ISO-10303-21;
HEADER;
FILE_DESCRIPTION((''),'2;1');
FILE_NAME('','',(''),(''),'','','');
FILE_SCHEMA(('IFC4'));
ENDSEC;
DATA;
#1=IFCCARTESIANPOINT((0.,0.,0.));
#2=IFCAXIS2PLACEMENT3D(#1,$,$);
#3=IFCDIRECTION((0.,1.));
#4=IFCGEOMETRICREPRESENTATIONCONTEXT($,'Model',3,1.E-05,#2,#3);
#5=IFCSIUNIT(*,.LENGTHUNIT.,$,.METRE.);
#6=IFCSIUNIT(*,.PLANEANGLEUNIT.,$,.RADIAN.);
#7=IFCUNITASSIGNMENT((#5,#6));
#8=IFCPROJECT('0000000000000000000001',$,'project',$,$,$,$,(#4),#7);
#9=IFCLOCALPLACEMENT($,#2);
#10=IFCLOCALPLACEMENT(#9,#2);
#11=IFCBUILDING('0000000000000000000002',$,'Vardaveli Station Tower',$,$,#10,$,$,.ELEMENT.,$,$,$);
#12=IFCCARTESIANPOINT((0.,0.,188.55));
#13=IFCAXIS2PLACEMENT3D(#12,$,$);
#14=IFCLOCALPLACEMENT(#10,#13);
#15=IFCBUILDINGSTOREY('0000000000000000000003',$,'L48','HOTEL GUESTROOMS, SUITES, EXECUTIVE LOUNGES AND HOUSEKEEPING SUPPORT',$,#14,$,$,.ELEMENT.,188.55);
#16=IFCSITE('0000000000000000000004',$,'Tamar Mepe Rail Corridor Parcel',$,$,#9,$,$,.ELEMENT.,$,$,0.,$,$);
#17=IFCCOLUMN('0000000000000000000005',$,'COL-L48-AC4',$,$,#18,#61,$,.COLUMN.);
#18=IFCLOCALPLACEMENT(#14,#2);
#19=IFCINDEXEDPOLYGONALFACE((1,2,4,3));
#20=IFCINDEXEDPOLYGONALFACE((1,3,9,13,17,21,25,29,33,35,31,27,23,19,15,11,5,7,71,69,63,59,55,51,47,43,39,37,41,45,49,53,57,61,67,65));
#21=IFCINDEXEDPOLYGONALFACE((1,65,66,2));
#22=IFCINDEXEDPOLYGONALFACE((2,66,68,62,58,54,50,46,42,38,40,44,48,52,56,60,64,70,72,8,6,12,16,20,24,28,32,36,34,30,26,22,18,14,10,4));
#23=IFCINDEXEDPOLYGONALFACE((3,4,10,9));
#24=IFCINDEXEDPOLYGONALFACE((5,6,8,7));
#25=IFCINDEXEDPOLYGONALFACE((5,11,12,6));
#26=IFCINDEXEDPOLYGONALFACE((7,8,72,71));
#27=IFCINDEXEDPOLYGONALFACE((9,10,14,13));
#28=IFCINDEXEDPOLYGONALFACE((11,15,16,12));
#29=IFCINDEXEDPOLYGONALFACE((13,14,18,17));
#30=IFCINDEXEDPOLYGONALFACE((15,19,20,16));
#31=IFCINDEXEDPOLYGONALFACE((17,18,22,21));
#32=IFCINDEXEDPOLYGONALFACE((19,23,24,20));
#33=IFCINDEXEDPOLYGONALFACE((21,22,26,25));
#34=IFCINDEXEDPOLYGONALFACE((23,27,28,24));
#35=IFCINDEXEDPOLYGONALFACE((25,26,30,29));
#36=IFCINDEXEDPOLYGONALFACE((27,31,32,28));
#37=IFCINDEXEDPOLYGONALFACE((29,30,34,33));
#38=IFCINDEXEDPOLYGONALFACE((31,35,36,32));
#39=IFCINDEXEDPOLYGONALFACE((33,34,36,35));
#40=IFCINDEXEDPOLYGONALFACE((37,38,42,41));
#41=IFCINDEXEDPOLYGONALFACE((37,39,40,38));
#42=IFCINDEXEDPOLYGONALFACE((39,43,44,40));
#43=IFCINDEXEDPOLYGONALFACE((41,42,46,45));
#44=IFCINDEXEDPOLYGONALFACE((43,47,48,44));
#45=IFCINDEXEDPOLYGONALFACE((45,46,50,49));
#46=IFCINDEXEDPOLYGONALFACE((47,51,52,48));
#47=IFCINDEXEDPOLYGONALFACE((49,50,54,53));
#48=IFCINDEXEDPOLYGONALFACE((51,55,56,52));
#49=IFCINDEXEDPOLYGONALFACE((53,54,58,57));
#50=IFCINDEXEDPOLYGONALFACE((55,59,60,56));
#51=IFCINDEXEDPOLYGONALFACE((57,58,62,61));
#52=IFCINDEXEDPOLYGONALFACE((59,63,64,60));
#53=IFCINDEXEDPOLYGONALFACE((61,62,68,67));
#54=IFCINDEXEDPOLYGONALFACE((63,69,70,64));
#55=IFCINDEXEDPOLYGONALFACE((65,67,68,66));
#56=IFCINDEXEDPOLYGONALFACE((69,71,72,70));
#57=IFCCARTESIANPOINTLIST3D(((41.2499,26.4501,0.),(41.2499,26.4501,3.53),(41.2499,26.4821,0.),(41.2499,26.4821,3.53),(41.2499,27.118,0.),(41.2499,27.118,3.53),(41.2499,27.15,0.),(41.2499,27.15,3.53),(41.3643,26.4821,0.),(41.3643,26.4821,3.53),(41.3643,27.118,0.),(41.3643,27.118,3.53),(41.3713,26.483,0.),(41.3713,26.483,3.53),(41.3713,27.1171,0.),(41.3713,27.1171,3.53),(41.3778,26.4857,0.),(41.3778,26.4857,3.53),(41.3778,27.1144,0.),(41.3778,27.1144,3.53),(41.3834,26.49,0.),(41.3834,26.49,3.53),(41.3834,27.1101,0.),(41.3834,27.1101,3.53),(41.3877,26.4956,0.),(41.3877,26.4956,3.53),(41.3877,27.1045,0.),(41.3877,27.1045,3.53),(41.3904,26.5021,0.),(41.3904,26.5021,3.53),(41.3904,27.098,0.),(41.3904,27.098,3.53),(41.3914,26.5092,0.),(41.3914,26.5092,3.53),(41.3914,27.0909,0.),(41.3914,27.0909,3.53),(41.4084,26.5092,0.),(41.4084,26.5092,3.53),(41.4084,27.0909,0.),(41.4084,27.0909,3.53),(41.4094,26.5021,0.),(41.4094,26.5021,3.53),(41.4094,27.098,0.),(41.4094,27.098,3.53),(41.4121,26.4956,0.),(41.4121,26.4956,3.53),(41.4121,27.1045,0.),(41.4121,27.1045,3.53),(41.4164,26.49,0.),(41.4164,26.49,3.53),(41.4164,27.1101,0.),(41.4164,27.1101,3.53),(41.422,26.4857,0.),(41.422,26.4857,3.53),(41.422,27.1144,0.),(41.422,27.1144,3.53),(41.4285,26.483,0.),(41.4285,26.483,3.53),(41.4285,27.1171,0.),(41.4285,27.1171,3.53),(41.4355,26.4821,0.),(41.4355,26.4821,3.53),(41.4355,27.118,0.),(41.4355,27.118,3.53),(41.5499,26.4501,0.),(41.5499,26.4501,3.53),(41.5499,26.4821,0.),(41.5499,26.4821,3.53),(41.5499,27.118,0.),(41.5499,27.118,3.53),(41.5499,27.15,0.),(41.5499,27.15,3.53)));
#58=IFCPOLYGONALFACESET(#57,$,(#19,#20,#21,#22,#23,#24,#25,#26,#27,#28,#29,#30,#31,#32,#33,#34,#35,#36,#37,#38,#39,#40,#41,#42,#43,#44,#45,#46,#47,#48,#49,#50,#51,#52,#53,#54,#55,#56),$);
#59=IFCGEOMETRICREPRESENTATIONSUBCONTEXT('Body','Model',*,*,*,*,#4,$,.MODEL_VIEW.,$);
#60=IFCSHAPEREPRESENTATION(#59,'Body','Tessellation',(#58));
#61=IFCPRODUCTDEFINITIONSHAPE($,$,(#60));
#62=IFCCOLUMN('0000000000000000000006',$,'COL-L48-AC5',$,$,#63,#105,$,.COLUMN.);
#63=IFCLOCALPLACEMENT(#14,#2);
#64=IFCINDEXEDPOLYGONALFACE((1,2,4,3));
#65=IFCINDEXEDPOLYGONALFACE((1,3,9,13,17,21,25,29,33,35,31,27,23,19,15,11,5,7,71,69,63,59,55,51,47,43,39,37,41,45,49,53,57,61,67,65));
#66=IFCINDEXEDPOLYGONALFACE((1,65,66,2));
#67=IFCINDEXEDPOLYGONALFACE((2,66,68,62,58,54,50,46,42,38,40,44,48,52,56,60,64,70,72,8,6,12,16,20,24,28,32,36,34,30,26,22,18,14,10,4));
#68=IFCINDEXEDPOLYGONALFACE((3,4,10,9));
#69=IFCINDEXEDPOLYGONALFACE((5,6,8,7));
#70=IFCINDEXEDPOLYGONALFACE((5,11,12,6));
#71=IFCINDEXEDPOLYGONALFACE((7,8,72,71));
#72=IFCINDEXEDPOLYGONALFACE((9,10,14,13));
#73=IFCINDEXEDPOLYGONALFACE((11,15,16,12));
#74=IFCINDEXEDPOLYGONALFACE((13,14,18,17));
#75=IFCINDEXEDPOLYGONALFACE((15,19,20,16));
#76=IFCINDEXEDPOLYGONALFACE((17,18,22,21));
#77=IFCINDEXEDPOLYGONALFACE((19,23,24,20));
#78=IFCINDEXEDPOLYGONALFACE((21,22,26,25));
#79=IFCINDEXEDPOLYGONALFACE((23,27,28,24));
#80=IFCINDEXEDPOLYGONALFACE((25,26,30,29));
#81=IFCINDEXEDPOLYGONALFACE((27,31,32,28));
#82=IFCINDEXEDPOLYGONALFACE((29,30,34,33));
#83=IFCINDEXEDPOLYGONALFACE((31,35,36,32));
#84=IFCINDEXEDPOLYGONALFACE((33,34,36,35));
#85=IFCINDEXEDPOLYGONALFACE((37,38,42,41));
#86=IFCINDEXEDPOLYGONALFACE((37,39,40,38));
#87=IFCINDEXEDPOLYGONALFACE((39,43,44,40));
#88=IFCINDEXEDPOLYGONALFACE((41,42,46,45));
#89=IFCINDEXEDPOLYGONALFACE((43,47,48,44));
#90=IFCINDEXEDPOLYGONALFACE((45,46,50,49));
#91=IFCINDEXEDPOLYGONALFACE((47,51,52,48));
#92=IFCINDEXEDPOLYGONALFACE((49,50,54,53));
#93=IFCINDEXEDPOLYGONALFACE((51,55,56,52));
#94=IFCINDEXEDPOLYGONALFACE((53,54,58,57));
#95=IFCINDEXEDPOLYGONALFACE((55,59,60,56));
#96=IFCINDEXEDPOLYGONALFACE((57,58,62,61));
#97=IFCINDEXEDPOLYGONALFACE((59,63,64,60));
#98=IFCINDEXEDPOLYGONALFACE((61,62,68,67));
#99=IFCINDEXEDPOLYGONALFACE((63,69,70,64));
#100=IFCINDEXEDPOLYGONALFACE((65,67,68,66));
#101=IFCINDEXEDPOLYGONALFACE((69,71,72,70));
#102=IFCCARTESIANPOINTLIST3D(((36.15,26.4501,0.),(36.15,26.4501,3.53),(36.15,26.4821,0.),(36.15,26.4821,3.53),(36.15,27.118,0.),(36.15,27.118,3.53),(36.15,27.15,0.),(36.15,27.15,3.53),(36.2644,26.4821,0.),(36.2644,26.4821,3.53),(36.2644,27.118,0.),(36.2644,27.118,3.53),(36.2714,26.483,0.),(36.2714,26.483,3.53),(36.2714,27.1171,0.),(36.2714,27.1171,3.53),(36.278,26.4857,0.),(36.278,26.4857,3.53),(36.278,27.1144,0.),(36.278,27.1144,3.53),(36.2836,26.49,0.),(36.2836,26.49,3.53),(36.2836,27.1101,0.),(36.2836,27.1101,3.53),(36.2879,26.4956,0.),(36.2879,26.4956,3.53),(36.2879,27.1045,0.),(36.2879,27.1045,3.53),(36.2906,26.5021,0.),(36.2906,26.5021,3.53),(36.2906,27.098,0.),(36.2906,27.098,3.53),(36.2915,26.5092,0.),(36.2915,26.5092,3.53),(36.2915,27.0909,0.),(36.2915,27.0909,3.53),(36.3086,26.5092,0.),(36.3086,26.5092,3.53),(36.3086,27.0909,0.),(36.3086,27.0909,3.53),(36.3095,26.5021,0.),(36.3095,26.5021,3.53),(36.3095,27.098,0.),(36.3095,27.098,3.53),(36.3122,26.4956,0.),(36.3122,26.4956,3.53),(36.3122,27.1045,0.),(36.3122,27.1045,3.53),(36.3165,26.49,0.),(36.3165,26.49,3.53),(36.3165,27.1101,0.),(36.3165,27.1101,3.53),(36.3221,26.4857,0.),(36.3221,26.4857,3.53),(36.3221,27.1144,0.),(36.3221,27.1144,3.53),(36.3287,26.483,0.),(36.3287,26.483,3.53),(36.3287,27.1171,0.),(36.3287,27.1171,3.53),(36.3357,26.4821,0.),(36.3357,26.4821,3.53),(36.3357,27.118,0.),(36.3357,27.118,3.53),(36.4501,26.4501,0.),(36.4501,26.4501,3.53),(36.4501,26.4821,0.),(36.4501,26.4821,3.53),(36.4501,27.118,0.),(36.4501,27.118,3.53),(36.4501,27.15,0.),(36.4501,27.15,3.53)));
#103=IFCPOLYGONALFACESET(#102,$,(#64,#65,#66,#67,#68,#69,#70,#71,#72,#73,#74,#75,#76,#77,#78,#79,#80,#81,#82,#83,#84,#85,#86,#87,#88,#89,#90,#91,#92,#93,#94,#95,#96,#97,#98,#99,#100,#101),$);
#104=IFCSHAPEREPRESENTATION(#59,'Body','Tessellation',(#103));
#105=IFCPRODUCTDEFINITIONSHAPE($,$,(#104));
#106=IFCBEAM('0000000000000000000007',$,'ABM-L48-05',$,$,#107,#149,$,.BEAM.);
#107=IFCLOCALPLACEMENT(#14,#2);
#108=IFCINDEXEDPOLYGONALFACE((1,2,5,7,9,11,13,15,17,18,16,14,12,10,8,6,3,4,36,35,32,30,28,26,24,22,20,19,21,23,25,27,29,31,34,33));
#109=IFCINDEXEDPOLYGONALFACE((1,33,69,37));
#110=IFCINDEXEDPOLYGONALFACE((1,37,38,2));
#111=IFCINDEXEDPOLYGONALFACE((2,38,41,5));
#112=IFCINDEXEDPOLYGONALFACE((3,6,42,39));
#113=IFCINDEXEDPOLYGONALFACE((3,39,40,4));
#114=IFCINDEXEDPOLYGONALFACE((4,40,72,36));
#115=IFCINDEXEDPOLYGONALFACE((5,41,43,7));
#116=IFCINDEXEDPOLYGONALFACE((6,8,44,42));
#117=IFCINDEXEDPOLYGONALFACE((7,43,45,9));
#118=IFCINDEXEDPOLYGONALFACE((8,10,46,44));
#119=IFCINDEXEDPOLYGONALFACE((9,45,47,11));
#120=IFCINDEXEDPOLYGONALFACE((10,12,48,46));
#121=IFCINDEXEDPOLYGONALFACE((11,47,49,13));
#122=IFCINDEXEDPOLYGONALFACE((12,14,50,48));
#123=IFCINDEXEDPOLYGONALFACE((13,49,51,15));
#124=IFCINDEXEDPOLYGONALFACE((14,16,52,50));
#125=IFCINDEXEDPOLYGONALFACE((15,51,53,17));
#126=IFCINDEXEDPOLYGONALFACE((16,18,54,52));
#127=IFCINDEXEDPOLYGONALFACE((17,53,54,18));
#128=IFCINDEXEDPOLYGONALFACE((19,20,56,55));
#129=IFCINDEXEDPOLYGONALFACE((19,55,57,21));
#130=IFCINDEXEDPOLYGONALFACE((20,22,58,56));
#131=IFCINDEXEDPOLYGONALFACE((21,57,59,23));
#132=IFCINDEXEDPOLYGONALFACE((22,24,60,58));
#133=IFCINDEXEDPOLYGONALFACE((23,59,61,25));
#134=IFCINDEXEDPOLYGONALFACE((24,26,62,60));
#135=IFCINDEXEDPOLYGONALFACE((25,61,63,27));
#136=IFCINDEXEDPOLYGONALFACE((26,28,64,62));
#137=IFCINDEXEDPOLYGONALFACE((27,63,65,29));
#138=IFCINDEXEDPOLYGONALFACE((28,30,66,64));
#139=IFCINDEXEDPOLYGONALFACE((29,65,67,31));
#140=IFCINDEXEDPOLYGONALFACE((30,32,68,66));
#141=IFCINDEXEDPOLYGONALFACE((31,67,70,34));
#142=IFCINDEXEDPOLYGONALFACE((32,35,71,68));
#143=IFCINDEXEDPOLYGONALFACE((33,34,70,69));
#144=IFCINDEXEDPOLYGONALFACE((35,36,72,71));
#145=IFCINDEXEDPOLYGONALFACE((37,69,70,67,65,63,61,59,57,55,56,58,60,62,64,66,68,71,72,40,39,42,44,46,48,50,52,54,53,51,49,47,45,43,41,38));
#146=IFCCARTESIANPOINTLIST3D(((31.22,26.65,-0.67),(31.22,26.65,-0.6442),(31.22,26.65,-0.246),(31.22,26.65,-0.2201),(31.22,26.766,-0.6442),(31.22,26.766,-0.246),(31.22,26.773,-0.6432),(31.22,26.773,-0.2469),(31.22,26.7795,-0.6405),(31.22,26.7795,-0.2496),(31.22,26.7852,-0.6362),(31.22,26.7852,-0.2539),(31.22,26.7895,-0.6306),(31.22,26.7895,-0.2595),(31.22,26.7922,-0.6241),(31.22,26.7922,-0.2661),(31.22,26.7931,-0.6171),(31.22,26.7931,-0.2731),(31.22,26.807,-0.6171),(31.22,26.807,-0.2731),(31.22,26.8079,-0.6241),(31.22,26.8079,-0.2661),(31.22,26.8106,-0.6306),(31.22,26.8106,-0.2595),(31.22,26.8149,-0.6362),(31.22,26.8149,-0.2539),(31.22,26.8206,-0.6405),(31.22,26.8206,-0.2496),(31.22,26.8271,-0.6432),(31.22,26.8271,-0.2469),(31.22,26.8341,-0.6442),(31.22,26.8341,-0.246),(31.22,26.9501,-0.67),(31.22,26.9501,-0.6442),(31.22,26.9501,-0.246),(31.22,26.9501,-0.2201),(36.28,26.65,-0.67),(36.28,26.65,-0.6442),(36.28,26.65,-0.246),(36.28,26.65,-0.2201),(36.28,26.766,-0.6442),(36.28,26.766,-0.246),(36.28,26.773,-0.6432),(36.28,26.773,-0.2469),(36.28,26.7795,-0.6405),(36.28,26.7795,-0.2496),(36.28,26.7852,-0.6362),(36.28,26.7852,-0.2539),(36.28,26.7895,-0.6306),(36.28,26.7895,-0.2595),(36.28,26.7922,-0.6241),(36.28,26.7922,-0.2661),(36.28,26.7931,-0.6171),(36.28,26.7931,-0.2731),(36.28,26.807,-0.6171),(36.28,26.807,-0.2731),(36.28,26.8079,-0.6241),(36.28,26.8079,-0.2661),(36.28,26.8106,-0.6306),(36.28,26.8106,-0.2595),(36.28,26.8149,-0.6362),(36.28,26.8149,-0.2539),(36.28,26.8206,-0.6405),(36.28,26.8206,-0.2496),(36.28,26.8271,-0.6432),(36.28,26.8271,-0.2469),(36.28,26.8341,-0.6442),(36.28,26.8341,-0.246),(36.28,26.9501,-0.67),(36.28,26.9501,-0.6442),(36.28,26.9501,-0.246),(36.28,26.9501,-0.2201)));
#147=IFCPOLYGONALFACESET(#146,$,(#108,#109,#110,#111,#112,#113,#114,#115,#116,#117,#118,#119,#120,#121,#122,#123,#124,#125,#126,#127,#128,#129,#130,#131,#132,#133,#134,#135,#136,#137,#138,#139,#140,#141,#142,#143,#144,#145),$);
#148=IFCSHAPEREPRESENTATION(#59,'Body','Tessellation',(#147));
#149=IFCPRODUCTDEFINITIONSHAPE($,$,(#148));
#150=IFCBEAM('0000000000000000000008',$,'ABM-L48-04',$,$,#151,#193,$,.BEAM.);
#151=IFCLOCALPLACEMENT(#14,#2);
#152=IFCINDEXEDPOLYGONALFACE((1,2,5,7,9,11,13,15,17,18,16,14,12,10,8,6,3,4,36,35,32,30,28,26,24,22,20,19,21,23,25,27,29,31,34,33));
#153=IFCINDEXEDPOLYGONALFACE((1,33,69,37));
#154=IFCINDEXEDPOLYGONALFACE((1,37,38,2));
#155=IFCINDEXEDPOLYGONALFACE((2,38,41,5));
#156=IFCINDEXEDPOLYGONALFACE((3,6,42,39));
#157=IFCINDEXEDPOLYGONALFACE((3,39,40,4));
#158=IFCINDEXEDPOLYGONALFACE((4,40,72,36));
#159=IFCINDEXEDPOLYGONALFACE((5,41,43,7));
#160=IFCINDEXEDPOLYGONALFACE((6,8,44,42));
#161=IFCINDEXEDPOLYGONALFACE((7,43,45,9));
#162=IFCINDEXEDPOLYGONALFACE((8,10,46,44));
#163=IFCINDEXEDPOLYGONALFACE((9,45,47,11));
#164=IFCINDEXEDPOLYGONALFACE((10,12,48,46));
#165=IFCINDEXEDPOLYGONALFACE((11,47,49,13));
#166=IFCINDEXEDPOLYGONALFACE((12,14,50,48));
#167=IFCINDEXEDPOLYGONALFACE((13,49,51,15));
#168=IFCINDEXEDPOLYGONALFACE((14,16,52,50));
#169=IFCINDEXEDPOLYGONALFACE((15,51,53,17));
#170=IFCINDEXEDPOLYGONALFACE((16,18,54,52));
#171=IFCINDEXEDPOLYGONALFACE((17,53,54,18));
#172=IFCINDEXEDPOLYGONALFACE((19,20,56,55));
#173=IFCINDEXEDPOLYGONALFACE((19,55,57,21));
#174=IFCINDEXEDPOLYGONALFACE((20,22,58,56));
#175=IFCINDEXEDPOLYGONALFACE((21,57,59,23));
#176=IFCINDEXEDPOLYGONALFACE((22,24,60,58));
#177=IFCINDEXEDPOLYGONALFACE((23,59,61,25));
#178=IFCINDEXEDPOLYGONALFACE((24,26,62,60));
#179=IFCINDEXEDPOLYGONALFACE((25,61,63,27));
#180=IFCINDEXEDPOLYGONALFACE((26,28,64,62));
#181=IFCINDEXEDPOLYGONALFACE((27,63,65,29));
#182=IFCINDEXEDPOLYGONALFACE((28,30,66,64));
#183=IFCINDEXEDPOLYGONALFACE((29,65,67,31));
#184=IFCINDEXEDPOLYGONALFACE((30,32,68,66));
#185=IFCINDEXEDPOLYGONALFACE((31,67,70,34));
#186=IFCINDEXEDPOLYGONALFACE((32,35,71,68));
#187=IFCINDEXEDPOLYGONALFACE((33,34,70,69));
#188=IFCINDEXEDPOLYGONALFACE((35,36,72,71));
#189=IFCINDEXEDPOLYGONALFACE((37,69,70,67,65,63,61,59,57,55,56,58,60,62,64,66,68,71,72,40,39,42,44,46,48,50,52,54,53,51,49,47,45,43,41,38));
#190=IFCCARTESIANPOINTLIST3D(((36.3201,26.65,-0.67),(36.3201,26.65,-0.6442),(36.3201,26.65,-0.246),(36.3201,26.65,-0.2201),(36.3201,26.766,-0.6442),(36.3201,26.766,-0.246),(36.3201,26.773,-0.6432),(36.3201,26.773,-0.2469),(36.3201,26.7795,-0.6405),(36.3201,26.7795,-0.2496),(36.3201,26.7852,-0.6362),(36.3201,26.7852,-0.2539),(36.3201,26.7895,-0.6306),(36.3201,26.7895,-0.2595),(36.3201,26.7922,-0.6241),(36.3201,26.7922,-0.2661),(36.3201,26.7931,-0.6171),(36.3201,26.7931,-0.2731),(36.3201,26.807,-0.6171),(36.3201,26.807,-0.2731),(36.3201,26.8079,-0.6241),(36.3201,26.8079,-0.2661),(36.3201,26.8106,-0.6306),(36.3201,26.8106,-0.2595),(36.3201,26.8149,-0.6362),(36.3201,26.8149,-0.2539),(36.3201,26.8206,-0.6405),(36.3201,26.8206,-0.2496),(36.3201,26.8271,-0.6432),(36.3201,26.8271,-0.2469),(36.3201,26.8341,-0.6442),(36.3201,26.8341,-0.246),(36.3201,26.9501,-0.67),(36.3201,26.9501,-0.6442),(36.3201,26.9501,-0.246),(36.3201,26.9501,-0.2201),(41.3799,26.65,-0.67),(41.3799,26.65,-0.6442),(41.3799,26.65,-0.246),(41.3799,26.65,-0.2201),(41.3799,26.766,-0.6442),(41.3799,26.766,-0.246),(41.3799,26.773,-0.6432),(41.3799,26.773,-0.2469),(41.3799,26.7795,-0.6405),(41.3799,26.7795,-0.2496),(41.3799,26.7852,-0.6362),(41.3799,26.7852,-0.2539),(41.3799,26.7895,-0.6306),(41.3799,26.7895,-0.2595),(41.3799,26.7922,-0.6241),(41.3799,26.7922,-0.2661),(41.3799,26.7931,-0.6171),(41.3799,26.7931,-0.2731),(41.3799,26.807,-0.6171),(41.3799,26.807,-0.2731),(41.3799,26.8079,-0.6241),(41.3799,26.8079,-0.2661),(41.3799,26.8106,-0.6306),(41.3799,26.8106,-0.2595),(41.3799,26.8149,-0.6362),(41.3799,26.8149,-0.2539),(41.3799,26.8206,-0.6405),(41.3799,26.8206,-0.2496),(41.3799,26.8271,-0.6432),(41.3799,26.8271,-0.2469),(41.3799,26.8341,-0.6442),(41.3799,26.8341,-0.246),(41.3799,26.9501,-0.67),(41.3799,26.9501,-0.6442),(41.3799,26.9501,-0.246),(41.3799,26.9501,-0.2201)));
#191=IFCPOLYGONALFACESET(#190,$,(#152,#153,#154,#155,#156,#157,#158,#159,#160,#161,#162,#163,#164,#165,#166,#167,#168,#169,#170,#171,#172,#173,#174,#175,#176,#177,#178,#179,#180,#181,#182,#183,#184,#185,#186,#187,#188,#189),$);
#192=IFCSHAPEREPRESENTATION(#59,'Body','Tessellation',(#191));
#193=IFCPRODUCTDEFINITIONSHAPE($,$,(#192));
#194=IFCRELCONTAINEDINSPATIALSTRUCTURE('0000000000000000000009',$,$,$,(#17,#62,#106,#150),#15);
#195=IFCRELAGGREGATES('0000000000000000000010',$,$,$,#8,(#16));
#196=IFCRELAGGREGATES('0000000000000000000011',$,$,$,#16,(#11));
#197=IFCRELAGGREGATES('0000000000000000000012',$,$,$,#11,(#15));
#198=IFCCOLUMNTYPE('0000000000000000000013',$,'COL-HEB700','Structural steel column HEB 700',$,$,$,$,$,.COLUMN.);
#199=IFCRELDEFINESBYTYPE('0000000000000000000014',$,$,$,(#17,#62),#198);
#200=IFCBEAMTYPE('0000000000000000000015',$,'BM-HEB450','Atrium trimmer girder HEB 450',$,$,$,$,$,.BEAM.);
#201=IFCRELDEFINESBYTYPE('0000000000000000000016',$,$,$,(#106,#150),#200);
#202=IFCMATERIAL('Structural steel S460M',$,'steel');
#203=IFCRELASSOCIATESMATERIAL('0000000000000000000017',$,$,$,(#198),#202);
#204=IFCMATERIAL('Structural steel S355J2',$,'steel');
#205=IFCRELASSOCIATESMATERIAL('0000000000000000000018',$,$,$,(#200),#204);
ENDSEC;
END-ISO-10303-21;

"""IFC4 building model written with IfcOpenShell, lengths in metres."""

from ifc_helpers import new_model, si_unit, direction, frame, origin, origin_2d, place, context, subcontext, project, spatial, i_section, extrude, source, transform, mapped, material, material_profile, profile_set, type_object, element, save


model = new_model("IFC4")

# Units and contexts
model_context = context("Model", 3, precision=1e-05, world=origin(), true_north=direction((0.0, 1.0)))
body_context = subcontext(model_context, "Body", "Model", "MODEL_VIEW")
ifc_project = project(units=[si_unit("LENGTHUNIT", "METRE"), si_unit("PLANEANGLEUNIT", "RADIAN")], contexts=[model_context])

# Site, building, storey
site_placement = place(None, origin())
site = spatial("IfcSite", under=ifc_project, at=site_placement, Name="Tamar Mepe Rail Corridor Parcel", CompositionType="ELEMENT", RefElevation=0.0)
building_placement = place(site_placement, origin())
building = spatial("IfcBuilding", under=site, at=building_placement, Name="Vardaveli Station Tower", CompositionType="ELEMENT")
storey_placement = place(building_placement, frame((0.0, 0.0, 188.55)))
storey = spatial("IfcBuildingStorey", under=building, at=storey_placement, Name="L48", Description="HOTEL GUESTROOMS, SUITES, EXECUTIVE LOUNGES AND HOUSEKEEPING SUPPORT", CompositionType="ELEMENT", Elevation=188.55)

# Columns
ifc_material_1 = material(Name="Structural steel S460M", Category="steel")
ifc_material_profile_1 = material_profile(ifc_material_1, i_section(OverallWidth=0.3, OverallDepth=0.7, WebThickness=0.0171, FlangeThickness=0.032, FilletRadius=0.0271, at=origin_2d()), Name="HEB 700")
ifc_profile_set_1 = profile_set([ifc_material_profile_1], Name="Structural steel S460M")
column_type = type_object("IfcColumnType", Name="COL-HEB700", Description="Structural steel column HEB 700", PredefinedType="COLUMN", material=ifc_profile_set_1)
shared_shape_1 = source(origin(), body_context, "Body", "SweptSolid", [
    extrude(i_section(OverallWidth=0.3, OverallDepth=0.7, WebThickness=0.0171, FlangeThickness=0.032, FilletRadius=0.0271, at=origin_2d()), origin(), (0.0, 0.0, 1.0), 3.53),
])
for number, where, z_axis, x_axis, name in (
    (1, (41.3999, 26.8, 0.0), (0.0, 0.0, 1.0), (1.0, 0.0, 0.0), "COL-L48-AC4"),
    (2, (36.3, 26.8, 0.0), (0.0, 0.0, 1.0), (1.0, 0.0, 0.0), "COL-L48-AC5"),
):
    element("IfcColumn", number, at=place(storey_placement, frame(where, z_axis=z_axis, x_axis=x_axis)), inside=storey, type_object=column_type, Name=name, PredefinedType="COLUMN", context=body_context, shape_type="MappedRepresentation", body=[
        mapped(shared_shape_1, transform((0.0, 0.0, 0.0), scale=1.0)),
    ])

# Beams
ifc_material_2 = material(Name="Structural steel S355J2", Category="steel")
ifc_material_profile_2 = material_profile(ifc_material_2, i_section(OverallWidth=0.3, OverallDepth=0.45, WebThickness=0.0139, FlangeThickness=0.0259, FilletRadius=0.0271, at=origin_2d()), Name="HEB 450")
ifc_profile_set_2 = profile_set([ifc_material_profile_2], Name="Structural steel S355J2")
beam_type = type_object("IfcBeamType", Name="BM-HEB450", Description="Atrium trimmer girder HEB 450", PredefinedType="BEAM", material=ifc_profile_set_2)
shared_shape_2 = source(origin(), body_context, "Body", "SweptSolid", [
    extrude(i_section(OverallWidth=0.3, OverallDepth=0.45, WebThickness=0.0139, FlangeThickness=0.0259, FilletRadius=0.0271, at=origin_2d()), origin(), (0.0, 0.0, 1.0), 5.0601),
])
beam_1_placement = place(storey_placement, frame((36.28, 26.8, -0.4451), z_axis=(-1.0, 0.0, 0.0), x_axis=(0.0, -1.0, 0.0)))
element("IfcBeam", 3, at=beam_1_placement, inside=storey, type_object=beam_type, Name="ABM-L48-05", PredefinedType="BEAM", context=body_context, shape_type="MappedRepresentation", body=[
    mapped(shared_shape_2, transform((0.0, 0.0, 0.0), scale=1.0)),
])
shared_shape_3 = source(origin(), body_context, "Body", "SweptSolid", [
    extrude(i_section(OverallWidth=0.3, OverallDepth=0.45, WebThickness=0.0139, FlangeThickness=0.0259, FilletRadius=0.0271, at=origin_2d()), origin(), (0.0, 0.0, 1.0), 5.0598),
])
beam_2_placement = place(storey_placement, frame((41.3799, 26.8, -0.4451), z_axis=(-1.0, 0.0, 0.0), x_axis=(0.0, -1.0, 0.0)))
element("IfcBeam", 4, at=beam_2_placement, inside=storey, type_object=beam_type, Name="ABM-L48-04", PredefinedType="BEAM", context=body_context, shape_type="MappedRepresentation", body=[
    mapped(shared_shape_3, transform((0.0, 0.0, 0.0), scale=1.0)),
])

save(model, "model.ifc")
